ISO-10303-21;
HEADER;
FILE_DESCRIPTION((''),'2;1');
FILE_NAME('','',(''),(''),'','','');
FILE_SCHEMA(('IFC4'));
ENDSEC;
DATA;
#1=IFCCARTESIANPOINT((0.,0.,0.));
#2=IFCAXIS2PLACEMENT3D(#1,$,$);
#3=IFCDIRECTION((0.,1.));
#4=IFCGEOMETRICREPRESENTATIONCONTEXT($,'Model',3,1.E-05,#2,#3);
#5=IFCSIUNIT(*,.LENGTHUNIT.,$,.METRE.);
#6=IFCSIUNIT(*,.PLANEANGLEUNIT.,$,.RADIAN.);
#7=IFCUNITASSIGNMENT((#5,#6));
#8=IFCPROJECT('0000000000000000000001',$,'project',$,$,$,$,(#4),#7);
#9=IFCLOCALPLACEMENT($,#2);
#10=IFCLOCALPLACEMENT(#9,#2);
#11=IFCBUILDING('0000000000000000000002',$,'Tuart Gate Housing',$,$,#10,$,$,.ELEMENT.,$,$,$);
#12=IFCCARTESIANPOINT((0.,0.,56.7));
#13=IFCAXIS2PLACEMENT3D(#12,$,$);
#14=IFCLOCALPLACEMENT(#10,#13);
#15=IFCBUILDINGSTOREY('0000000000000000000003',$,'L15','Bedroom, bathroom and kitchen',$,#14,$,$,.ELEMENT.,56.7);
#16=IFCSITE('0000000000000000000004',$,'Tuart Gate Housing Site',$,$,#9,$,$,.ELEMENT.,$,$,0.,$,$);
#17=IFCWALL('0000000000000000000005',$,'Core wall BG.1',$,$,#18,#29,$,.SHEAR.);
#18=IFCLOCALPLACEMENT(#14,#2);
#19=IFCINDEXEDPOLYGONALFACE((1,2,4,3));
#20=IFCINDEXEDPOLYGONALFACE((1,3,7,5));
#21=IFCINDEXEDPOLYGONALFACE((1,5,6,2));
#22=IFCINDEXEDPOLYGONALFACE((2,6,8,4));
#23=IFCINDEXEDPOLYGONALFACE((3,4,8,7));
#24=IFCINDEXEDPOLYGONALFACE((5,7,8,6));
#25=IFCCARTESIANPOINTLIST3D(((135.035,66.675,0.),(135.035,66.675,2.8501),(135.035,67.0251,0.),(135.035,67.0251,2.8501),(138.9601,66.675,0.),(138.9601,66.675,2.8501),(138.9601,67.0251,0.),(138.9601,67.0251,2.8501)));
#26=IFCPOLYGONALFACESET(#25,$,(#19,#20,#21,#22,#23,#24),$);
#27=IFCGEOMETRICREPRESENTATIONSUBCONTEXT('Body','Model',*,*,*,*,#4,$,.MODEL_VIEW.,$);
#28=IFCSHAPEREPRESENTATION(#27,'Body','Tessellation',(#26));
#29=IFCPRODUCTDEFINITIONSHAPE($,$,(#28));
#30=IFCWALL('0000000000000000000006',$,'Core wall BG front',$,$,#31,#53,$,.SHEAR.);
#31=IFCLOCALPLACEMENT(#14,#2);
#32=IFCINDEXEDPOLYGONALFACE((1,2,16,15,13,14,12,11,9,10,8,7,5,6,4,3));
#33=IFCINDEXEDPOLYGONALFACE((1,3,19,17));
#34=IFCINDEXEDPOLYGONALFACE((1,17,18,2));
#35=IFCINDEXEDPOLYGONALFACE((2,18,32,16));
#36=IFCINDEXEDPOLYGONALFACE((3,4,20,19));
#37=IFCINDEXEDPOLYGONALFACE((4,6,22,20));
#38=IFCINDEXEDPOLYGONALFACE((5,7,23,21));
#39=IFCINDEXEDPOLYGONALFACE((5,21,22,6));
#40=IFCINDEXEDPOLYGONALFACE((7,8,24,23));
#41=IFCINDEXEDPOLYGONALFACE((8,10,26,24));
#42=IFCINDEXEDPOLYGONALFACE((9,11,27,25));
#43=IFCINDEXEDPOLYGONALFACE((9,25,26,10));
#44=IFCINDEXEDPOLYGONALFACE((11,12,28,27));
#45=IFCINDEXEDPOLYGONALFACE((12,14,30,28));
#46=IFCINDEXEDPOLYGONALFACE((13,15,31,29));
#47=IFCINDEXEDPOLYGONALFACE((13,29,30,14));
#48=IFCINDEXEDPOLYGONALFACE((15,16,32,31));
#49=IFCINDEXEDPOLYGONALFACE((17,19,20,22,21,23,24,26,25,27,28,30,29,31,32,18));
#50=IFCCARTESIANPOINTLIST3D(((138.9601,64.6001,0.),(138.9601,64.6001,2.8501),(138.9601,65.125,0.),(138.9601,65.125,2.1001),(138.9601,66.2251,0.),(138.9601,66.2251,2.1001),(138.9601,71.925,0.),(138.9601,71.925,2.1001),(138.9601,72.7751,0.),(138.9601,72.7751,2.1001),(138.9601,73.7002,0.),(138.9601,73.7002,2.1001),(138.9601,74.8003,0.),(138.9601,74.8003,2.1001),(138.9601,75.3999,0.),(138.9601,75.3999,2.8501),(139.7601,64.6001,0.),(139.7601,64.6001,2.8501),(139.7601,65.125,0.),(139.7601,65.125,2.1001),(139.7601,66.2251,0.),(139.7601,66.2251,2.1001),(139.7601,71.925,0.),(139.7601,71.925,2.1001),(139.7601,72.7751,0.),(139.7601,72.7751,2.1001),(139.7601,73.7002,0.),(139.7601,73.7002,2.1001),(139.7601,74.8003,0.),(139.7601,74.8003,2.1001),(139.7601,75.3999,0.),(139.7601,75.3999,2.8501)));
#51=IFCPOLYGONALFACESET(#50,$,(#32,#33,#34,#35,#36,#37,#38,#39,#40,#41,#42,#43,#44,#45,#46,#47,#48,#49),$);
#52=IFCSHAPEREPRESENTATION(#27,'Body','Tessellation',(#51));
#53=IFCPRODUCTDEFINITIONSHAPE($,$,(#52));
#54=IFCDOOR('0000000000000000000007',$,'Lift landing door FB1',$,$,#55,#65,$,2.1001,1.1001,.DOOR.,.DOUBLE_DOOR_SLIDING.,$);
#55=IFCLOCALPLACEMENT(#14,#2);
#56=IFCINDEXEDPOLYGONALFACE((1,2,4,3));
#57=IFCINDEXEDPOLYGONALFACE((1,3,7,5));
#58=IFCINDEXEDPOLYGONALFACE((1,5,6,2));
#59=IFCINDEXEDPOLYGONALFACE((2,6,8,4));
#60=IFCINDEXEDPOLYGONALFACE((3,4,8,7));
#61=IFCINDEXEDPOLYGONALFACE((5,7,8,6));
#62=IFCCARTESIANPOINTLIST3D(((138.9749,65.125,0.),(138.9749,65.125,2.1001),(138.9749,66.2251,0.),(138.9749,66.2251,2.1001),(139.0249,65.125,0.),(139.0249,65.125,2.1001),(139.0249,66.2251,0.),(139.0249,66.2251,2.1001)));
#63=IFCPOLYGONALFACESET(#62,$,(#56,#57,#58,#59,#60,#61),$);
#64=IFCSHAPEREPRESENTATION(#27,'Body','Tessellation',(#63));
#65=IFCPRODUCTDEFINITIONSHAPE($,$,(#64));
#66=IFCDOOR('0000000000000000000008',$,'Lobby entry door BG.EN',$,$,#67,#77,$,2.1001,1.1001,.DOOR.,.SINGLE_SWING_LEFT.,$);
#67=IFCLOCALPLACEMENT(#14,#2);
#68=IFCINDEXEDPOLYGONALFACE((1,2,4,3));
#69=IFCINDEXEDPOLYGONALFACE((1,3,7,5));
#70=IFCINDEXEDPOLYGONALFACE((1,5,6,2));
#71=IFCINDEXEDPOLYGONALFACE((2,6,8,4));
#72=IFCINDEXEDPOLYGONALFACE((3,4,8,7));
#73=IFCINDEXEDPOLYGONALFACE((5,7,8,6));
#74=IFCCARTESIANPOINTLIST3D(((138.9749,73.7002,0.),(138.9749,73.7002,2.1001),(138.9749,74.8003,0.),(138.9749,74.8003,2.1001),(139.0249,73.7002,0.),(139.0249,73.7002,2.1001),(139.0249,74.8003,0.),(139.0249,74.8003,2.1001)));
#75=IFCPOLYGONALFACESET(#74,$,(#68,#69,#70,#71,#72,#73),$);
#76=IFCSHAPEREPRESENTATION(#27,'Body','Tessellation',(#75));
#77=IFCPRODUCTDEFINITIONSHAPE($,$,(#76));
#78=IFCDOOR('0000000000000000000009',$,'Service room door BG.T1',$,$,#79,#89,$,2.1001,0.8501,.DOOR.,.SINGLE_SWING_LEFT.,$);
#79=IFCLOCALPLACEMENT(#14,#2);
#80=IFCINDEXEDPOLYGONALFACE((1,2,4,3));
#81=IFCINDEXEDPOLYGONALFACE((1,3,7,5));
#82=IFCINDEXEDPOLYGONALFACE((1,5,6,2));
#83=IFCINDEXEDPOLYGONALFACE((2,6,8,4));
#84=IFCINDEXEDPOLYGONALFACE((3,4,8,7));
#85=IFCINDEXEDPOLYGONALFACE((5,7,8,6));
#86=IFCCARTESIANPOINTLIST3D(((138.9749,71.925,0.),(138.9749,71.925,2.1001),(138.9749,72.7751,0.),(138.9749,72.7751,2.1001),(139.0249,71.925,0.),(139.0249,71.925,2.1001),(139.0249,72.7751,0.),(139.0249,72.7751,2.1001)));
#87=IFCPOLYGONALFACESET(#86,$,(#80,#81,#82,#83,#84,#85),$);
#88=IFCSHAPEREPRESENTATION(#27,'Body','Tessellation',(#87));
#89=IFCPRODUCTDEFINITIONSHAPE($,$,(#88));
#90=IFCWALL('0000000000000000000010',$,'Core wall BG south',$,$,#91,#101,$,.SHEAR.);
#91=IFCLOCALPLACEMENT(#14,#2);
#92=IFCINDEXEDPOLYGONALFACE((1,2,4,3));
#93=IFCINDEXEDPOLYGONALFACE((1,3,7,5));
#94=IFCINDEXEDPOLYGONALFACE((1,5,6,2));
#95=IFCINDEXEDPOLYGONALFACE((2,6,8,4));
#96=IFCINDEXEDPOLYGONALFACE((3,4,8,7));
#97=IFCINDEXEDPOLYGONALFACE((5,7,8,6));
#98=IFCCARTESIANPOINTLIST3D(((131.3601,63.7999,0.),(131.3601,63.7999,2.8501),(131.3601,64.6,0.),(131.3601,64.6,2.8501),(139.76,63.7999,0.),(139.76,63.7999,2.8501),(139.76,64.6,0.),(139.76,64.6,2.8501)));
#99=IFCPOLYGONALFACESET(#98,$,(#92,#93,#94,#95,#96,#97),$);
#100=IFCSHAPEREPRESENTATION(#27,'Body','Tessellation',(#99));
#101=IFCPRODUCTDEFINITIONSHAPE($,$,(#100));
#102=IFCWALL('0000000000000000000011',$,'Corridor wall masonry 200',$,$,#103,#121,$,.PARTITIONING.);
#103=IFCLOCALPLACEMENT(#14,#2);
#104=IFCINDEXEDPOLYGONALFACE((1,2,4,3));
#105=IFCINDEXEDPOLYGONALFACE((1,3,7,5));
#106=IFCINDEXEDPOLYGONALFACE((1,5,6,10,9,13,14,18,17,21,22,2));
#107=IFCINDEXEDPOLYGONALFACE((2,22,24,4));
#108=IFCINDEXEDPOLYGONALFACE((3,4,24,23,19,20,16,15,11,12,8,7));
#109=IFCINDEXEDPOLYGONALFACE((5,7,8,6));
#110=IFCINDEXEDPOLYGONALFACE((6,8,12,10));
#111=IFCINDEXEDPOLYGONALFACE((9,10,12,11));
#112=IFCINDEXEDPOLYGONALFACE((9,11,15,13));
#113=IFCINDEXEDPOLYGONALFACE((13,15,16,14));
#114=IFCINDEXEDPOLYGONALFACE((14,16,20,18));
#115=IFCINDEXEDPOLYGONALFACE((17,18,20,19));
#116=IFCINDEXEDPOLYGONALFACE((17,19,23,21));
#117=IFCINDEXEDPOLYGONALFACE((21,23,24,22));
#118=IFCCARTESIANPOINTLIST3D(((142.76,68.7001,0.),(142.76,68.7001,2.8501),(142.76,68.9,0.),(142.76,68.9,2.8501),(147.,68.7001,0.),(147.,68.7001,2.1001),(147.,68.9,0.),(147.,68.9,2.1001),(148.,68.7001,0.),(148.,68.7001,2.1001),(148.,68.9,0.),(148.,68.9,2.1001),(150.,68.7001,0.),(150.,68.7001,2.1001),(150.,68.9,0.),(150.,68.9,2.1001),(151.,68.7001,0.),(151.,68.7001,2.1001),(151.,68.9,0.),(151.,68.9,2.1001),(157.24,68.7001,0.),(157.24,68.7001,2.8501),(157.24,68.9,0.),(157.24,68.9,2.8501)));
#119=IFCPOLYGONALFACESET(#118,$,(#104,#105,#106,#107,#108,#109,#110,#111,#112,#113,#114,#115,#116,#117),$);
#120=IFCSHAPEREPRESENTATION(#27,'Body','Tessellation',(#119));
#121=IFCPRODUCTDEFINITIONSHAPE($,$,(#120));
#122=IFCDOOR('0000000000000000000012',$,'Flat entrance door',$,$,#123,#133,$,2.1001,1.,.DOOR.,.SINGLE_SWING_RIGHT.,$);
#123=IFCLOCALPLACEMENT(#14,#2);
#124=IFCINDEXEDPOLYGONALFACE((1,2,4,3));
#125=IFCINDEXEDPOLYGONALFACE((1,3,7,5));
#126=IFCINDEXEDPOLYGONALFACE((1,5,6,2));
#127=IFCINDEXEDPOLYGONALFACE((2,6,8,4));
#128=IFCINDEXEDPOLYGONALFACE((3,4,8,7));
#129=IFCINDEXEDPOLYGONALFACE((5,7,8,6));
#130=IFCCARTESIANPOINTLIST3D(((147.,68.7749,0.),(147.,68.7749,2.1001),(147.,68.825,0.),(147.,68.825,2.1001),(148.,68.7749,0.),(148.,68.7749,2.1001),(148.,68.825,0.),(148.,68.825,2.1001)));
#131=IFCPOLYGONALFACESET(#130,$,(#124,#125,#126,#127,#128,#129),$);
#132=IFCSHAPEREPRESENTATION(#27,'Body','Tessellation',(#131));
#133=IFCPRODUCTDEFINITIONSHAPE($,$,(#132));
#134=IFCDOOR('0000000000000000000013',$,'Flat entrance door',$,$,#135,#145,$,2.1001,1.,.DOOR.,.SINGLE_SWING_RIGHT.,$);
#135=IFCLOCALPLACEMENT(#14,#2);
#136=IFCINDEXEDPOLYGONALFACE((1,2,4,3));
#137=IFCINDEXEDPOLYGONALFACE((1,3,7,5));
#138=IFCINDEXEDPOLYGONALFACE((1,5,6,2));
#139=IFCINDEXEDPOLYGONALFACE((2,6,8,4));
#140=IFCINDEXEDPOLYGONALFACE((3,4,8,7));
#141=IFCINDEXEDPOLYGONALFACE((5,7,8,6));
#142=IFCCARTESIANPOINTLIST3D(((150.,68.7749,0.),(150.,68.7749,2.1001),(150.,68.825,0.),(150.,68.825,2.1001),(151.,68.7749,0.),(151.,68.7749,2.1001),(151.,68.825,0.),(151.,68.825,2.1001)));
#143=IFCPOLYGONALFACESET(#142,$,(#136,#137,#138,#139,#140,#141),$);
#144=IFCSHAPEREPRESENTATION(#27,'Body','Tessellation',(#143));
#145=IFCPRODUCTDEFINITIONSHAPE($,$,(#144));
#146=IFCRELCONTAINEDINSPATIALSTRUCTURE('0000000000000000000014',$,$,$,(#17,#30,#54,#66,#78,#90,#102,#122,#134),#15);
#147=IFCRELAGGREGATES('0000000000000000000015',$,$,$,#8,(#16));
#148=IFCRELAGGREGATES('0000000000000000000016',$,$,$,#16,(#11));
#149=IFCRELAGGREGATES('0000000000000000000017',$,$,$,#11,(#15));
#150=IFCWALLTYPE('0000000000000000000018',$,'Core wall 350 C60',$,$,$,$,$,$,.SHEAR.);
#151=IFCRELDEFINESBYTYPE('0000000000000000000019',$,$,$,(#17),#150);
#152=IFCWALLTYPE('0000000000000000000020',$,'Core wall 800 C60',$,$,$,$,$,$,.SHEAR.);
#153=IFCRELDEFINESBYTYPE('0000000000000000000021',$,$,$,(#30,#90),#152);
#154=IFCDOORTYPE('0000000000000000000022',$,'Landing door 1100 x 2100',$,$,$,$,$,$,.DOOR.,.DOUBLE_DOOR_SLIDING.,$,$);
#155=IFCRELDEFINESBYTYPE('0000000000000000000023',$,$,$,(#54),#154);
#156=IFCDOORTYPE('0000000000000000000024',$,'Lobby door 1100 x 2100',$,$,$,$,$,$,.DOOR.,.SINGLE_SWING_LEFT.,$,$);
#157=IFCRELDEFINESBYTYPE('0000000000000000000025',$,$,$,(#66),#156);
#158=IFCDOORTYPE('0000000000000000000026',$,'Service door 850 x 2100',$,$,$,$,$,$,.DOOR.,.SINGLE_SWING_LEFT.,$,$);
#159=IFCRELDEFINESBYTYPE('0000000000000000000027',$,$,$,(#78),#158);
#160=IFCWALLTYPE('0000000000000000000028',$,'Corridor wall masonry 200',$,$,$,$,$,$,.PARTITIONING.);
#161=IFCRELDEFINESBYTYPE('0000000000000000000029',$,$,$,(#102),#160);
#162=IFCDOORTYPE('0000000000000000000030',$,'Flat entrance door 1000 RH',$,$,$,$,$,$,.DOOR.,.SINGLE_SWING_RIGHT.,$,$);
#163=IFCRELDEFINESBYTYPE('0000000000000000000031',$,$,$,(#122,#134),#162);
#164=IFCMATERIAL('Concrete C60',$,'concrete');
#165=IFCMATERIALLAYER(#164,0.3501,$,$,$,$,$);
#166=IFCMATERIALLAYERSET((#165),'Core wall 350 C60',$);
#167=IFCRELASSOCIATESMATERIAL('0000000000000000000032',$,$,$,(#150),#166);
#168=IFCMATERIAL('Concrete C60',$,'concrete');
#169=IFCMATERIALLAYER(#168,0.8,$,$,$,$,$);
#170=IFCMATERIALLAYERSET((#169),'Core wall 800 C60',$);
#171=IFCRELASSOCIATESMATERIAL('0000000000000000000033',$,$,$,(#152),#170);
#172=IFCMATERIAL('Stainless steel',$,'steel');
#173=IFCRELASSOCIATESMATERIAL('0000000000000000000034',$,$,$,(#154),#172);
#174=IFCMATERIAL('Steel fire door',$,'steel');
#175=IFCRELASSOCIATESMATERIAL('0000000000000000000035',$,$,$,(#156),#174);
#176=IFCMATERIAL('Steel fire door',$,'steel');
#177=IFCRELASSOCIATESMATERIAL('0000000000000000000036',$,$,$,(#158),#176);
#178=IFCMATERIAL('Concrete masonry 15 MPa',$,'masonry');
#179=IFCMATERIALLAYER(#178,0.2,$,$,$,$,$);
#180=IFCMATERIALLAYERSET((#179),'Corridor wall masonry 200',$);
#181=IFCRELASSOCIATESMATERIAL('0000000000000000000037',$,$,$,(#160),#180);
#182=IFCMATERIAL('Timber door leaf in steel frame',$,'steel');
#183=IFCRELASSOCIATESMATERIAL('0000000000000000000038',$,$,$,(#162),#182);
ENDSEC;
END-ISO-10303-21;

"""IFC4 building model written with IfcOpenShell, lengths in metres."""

from ifc_helpers import new_model, si_unit, direction, frame, frame_2d, origin, place, context, subcontext, project, spatial, rectangle, extrude, material, layer, layer_set, type_object, element, fill, save


model = new_model("IFC4")

# Units and contexts
model_context = context("Model", 3, precision=1e-05, world=origin(), true_north=direction((0.0, 1.0)))
body_context = subcontext(model_context, "Body", "Model", "MODEL_VIEW")
ifc_project = project(units=[si_unit("LENGTHUNIT", "METRE"), si_unit("PLANEANGLEUNIT", "RADIAN")], contexts=[model_context])

# Site, building, storey
site_placement = place(None, origin())
site = spatial("IfcSite", under=ifc_project, at=site_placement, Name="Tuart Gate Housing Site", CompositionType="ELEMENT", RefElevation=0.0)
building_placement = place(site_placement, origin())
building = spatial("IfcBuilding", under=site, at=building_placement, Name="Tuart Gate Housing", CompositionType="ELEMENT")
storey_placement = place(building_placement, frame((0.0, 0.0, 56.7)))
storey = spatial("IfcBuildingStorey", under=building, at=storey_placement, Name="L15", Description="Bedroom, bathroom and kitchen", CompositionType="ELEMENT", Elevation=56.7)

# Wall
ifc_material_1 = material(Name="Concrete C60", Category="concrete")
ifc_layer_1 = layer(ifc_material_1, 0.3501)
ifc_layer_set_1 = layer_set([ifc_layer_1], Name="Core wall 350 C60")
wall_type_1 = type_object("IfcWallType", Name="Core wall 350 C60", PredefinedType="SHEAR", material=ifc_layer_set_1)
wall_1_placement = place(storey_placement, frame((138.96, 66.8501, 0.0), z_axis=(0.0, 0.0, 1.0), x_axis=(-1.0, 0.0, 0.0)))
element("IfcWall", 1, at=wall_1_placement, inside=storey, type_object=wall_type_1, Name="Core wall BG.1", PredefinedType="SHEAR", context=body_context, shape_type="SweptSolid", body=[
    extrude(rectangle(XDim=3.925, YDim=0.3501, at=frame_2d((1.9624, 0.0))), origin(), (0.0, 0.0, 1.0), 2.8501),
])

# Wall, openings, doors
ifc_material_2 = material(Name="Concrete C60", Category="concrete")
ifc_layer_2 = layer(ifc_material_2, 0.8)
ifc_layer_set_2 = layer_set([ifc_layer_2], Name="Core wall 800 C60")
wall_type_2 = type_object("IfcWallType", Name="Core wall 800 C60", PredefinedType="SHEAR", material=ifc_layer_set_2)
wall_2_placement = place(storey_placement, frame((139.3601, 64.6001, 0.0), z_axis=(0.0, 0.0, 1.0), x_axis=(0.0, 1.0, 0.0)))
wall_2 = element("IfcWall", 2, at=wall_2_placement, inside=storey, type_object=wall_type_2, Name="Core wall BG front", PredefinedType="SHEAR", context=body_context, shape_type="SweptSolid", body=[
    extrude(rectangle(XDim=10.7998, YDim=0.8, at=frame_2d((5.3999, 0.0))), origin(), (0.0, 0.0, 1.0), 2.8501),
])
opening_1_placement = place(wall_2_placement, frame((0.5249, 0.0, 0.0)))
opening_1 = element("IfcOpeningElement", 3, at=opening_1_placement, cuts=wall_2, PredefinedType="OPENING", context=body_context, shape_type="SweptSolid", body=[
    extrude(rectangle(XDim=1.1001, YDim=2.1001, at=frame_2d((0.55, 1.05))), frame((0.0, 0.4099, 0.0), z_axis=(0.0, -1.0, 0.0), x_axis=(1.0, 0.0, 0.0)), (0.0, 0.0, 1.0), 0.8201),
])
opening_2_placement = place(wall_2_placement, frame((9.1001, 0.0, 0.0)))
opening_2 = element("IfcOpeningElement", 4, at=opening_2_placement, cuts=wall_2, PredefinedType="OPENING", context=body_context, shape_type="SweptSolid", body=[
    extrude(rectangle(XDim=1.1001, YDim=2.1001, at=frame_2d((0.55, 1.05))), frame((0.0, 0.4099, 0.0), z_axis=(0.0, -1.0, 0.0), x_axis=(1.0, 0.0, 0.0)), (0.0, 0.0, 1.0), 0.8201),
])
opening_3_placement = place(wall_2_placement, frame((7.325, 0.0, 0.0)))
opening_3 = element("IfcOpeningElement", 5, at=opening_3_placement, cuts=wall_2, PredefinedType="OPENING", context=body_context, shape_type="SweptSolid", body=[
    extrude(rectangle(XDim=0.8501, YDim=2.1001, at=frame_2d((0.425, 1.05))), frame((0.0, 0.4099, 0.0), z_axis=(0.0, -1.0, 0.0), x_axis=(1.0, 0.0, 0.0)), (0.0, 0.0, 1.0), 0.8201),
])
ifc_material_3 = material(Name="Stainless steel", Category="steel")
door_type_1 = type_object("IfcDoorType", Name="Landing door 1100 x 2100", OperationType="DOUBLE_DOOR_SLIDING", PredefinedType="DOOR", material=ifc_material_3)
door_1_placement = place(opening_1_placement, origin())
door_1 = element("IfcDoor", 6, at=door_1_placement, inside=storey, type_object=door_type_1, Name="Lift landing door FB1", OperationType="DOUBLE_DOOR_SLIDING", OverallHeight=2.1001, OverallWidth=1.1001, PredefinedType="DOOR", context=body_context, shape_type="SweptSolid", body=[
    extrude(rectangle(XDim=1.1001, YDim=2.1001, at=frame_2d((0.55, 1.05))), frame((0.0, 0.3853, 0.0), z_axis=(0.0, -1.0, 0.0), x_axis=(1.0, 0.0, 0.0)), (0.0, 0.0, 1.0), 0.05),
])
fill(opening_1, door_1)
ifc_material_4 = material(Name="Steel fire door", Category="steel")
door_type_2 = type_object("IfcDoorType", Name="Lobby door 1100 x 2100", OperationType="SINGLE_SWING_LEFT", PredefinedType="DOOR", material=ifc_material_4)
door_2_placement = place(opening_2_placement, origin())
door_2 = element("IfcDoor", 7, at=door_2_placement, inside=storey, type_object=door_type_2, Name="Lobby entry door BG.EN", OperationType="SINGLE_SWING_LEFT", OverallHeight=2.1001, OverallWidth=1.1001, PredefinedType="DOOR", context=body_context, shape_type="SweptSolid", body=[
    extrude(rectangle(XDim=1.1001, YDim=2.1001, at=frame_2d((0.55, 1.05))), frame((0.0, 0.3853, 0.0), z_axis=(0.0, -1.0, 0.0), x_axis=(1.0, 0.0, 0.0)), (0.0, 0.0, 1.0), 0.05),
])
fill(opening_2, door_2)
ifc_material_5 = material(Name="Steel fire door", Category="steel")
door_type_3 = type_object("IfcDoorType", Name="Service door 850 x 2100", OperationType="SINGLE_SWING_LEFT", PredefinedType="DOOR", material=ifc_material_5)
door_3_placement = place(opening_3_placement, origin())
door_3 = element("IfcDoor", 8, at=door_3_placement, inside=storey, type_object=door_type_3, Name="Service room door BG.T1", OperationType="SINGLE_SWING_LEFT", OverallHeight=2.1001, OverallWidth=0.8501, PredefinedType="DOOR", context=body_context, shape_type="SweptSolid", body=[
    extrude(rectangle(XDim=0.8501, YDim=2.1001, at=frame_2d((0.425, 1.05))), frame((0.0, 0.3853, 0.0), z_axis=(0.0, -1.0, 0.0), x_axis=(1.0, 0.0, 0.0)), (0.0, 0.0, 1.0), 0.05),
])
fill(opening_3, door_3)

# Wall
wall_3_placement = place(storey_placement, frame((139.76, 64.2, 0.0), z_axis=(0.0, 0.0, 1.0), x_axis=(-1.0, 0.0, 0.0)))
element("IfcWall", 9, at=wall_3_placement, inside=storey, type_object=wall_type_2, Name="Core wall BG south", PredefinedType="SHEAR", context=body_context, shape_type="SweptSolid", body=[
    extrude(rectangle(XDim=8.3999, YDim=0.8, at=frame_2d((4.2, 0.0))), origin(), (0.0, 0.0, 1.0), 2.8501),
])

# Wall, openings, doors
ifc_material_6 = material(Name="Concrete masonry 15 MPa", Category="masonry")
ifc_layer_3 = layer(ifc_material_6, 0.2)
ifc_layer_set_3 = layer_set([ifc_layer_3], Name="Corridor wall masonry 200")
wall_type_3 = type_object("IfcWallType", Name="Corridor wall masonry 200", PredefinedType="PARTITIONING", material=ifc_layer_set_3)
wall_4_placement = place(storey_placement, frame((142.76, 68.8, 0.0), z_axis=(0.0, 0.0, 1.0), x_axis=(1.0, 0.0, 0.0)))
wall_4 = element("IfcWall", 10, at=wall_4_placement, inside=storey, type_object=wall_type_3, Name="Corridor wall masonry 200", PredefinedType="PARTITIONING", context=body_context, shape_type="SweptSolid", body=[
    extrude(rectangle(XDim=14.48, YDim=0.2, at=frame_2d((7.24, 0.0))), origin(), (0.0, 0.0, 1.0), 2.8501),
])
opening_4_placement = place(wall_4_placement, frame((4.24, 0.0, 0.0)))
opening_4 = element("IfcOpeningElement", 11, at=opening_4_placement, cuts=wall_4, PredefinedType="OPENING", context=body_context, shape_type="SweptSolid", body=[
    extrude(rectangle(XDim=1.0, YDim=2.1001, at=frame_2d((0.5, 1.05))), frame((0.0, 0.1099, 0.0), z_axis=(0.0, -1.0, 0.0), x_axis=(1.0, 0.0, 0.0)), (0.0, 0.0, 1.0), 0.22),
])
opening_5_placement = place(wall_4_placement, frame((7.24, 0.0, 0.0)))
opening_5 = element("IfcOpeningElement", 12, at=opening_5_placement, cuts=wall_4, PredefinedType="OPENING", context=body_context, shape_type="SweptSolid", body=[
    extrude(rectangle(XDim=1.0, YDim=2.1001, at=frame_2d((0.5, 1.05))), frame((0.0, 0.1099, 0.0), z_axis=(0.0, -1.0, 0.0), x_axis=(1.0, 0.0, 0.0)), (0.0, 0.0, 1.0), 0.22),
])
ifc_material_7 = material(Name="Timber door leaf in steel frame", Category="steel")
door_type_4 = type_object("IfcDoorType", Name="Flat entrance door 1000 RH", OperationType="SINGLE_SWING_RIGHT", PredefinedType="DOOR", material=ifc_material_7)
door_4_placement = place(opening_4_placement, frame((1.0, 0.0, 0.0), z_axis=(0.0, 0.0, 1.0), x_axis=(-1.0, 0.0, 0.0)))
door_4 = element("IfcDoor", 13, at=door_4_placement, inside=storey, type_object=door_type_4, Name="Flat entrance door", OperationType="SINGLE_SWING_RIGHT", OverallHeight=2.1001, OverallWidth=1.0, PredefinedType="DOOR", context=body_context, shape_type="SweptSolid", body=[
    extrude(rectangle(XDim=1.0, YDim=2.1001, at=frame_2d((0.5, 1.05))), frame((0.0, 0.0251, 0.0), z_axis=(0.0, -1.0, 0.0), x_axis=(1.0, 0.0, 0.0)), (0.0, 0.0, 1.0), 0.05),
])
fill(opening_4, door_4)
door_5_placement = place(opening_5_placement, frame((1.0, 0.0, 0.0), z_axis=(0.0, 0.0, 1.0), x_axis=(-1.0, 0.0, 0.0)))
door_5 = element("IfcDoor", 14, at=door_5_placement, inside=storey, type_object=door_type_4, Name="Flat entrance door", OperationType="SINGLE_SWING_RIGHT", OverallHeight=2.1001, OverallWidth=1.0, PredefinedType="DOOR", context=body_context, shape_type="SweptSolid", body=[
    extrude(rectangle(XDim=1.0, YDim=2.1001, at=frame_2d((0.5, 1.05))), frame((0.0, 0.0251, 0.0), z_axis=(0.0, -1.0, 0.0), x_axis=(1.0, 0.0, 0.0)), (0.0, 0.0, 1.0), 0.05),
])
fill(opening_5, door_5)

save(model, "model.ifc")
